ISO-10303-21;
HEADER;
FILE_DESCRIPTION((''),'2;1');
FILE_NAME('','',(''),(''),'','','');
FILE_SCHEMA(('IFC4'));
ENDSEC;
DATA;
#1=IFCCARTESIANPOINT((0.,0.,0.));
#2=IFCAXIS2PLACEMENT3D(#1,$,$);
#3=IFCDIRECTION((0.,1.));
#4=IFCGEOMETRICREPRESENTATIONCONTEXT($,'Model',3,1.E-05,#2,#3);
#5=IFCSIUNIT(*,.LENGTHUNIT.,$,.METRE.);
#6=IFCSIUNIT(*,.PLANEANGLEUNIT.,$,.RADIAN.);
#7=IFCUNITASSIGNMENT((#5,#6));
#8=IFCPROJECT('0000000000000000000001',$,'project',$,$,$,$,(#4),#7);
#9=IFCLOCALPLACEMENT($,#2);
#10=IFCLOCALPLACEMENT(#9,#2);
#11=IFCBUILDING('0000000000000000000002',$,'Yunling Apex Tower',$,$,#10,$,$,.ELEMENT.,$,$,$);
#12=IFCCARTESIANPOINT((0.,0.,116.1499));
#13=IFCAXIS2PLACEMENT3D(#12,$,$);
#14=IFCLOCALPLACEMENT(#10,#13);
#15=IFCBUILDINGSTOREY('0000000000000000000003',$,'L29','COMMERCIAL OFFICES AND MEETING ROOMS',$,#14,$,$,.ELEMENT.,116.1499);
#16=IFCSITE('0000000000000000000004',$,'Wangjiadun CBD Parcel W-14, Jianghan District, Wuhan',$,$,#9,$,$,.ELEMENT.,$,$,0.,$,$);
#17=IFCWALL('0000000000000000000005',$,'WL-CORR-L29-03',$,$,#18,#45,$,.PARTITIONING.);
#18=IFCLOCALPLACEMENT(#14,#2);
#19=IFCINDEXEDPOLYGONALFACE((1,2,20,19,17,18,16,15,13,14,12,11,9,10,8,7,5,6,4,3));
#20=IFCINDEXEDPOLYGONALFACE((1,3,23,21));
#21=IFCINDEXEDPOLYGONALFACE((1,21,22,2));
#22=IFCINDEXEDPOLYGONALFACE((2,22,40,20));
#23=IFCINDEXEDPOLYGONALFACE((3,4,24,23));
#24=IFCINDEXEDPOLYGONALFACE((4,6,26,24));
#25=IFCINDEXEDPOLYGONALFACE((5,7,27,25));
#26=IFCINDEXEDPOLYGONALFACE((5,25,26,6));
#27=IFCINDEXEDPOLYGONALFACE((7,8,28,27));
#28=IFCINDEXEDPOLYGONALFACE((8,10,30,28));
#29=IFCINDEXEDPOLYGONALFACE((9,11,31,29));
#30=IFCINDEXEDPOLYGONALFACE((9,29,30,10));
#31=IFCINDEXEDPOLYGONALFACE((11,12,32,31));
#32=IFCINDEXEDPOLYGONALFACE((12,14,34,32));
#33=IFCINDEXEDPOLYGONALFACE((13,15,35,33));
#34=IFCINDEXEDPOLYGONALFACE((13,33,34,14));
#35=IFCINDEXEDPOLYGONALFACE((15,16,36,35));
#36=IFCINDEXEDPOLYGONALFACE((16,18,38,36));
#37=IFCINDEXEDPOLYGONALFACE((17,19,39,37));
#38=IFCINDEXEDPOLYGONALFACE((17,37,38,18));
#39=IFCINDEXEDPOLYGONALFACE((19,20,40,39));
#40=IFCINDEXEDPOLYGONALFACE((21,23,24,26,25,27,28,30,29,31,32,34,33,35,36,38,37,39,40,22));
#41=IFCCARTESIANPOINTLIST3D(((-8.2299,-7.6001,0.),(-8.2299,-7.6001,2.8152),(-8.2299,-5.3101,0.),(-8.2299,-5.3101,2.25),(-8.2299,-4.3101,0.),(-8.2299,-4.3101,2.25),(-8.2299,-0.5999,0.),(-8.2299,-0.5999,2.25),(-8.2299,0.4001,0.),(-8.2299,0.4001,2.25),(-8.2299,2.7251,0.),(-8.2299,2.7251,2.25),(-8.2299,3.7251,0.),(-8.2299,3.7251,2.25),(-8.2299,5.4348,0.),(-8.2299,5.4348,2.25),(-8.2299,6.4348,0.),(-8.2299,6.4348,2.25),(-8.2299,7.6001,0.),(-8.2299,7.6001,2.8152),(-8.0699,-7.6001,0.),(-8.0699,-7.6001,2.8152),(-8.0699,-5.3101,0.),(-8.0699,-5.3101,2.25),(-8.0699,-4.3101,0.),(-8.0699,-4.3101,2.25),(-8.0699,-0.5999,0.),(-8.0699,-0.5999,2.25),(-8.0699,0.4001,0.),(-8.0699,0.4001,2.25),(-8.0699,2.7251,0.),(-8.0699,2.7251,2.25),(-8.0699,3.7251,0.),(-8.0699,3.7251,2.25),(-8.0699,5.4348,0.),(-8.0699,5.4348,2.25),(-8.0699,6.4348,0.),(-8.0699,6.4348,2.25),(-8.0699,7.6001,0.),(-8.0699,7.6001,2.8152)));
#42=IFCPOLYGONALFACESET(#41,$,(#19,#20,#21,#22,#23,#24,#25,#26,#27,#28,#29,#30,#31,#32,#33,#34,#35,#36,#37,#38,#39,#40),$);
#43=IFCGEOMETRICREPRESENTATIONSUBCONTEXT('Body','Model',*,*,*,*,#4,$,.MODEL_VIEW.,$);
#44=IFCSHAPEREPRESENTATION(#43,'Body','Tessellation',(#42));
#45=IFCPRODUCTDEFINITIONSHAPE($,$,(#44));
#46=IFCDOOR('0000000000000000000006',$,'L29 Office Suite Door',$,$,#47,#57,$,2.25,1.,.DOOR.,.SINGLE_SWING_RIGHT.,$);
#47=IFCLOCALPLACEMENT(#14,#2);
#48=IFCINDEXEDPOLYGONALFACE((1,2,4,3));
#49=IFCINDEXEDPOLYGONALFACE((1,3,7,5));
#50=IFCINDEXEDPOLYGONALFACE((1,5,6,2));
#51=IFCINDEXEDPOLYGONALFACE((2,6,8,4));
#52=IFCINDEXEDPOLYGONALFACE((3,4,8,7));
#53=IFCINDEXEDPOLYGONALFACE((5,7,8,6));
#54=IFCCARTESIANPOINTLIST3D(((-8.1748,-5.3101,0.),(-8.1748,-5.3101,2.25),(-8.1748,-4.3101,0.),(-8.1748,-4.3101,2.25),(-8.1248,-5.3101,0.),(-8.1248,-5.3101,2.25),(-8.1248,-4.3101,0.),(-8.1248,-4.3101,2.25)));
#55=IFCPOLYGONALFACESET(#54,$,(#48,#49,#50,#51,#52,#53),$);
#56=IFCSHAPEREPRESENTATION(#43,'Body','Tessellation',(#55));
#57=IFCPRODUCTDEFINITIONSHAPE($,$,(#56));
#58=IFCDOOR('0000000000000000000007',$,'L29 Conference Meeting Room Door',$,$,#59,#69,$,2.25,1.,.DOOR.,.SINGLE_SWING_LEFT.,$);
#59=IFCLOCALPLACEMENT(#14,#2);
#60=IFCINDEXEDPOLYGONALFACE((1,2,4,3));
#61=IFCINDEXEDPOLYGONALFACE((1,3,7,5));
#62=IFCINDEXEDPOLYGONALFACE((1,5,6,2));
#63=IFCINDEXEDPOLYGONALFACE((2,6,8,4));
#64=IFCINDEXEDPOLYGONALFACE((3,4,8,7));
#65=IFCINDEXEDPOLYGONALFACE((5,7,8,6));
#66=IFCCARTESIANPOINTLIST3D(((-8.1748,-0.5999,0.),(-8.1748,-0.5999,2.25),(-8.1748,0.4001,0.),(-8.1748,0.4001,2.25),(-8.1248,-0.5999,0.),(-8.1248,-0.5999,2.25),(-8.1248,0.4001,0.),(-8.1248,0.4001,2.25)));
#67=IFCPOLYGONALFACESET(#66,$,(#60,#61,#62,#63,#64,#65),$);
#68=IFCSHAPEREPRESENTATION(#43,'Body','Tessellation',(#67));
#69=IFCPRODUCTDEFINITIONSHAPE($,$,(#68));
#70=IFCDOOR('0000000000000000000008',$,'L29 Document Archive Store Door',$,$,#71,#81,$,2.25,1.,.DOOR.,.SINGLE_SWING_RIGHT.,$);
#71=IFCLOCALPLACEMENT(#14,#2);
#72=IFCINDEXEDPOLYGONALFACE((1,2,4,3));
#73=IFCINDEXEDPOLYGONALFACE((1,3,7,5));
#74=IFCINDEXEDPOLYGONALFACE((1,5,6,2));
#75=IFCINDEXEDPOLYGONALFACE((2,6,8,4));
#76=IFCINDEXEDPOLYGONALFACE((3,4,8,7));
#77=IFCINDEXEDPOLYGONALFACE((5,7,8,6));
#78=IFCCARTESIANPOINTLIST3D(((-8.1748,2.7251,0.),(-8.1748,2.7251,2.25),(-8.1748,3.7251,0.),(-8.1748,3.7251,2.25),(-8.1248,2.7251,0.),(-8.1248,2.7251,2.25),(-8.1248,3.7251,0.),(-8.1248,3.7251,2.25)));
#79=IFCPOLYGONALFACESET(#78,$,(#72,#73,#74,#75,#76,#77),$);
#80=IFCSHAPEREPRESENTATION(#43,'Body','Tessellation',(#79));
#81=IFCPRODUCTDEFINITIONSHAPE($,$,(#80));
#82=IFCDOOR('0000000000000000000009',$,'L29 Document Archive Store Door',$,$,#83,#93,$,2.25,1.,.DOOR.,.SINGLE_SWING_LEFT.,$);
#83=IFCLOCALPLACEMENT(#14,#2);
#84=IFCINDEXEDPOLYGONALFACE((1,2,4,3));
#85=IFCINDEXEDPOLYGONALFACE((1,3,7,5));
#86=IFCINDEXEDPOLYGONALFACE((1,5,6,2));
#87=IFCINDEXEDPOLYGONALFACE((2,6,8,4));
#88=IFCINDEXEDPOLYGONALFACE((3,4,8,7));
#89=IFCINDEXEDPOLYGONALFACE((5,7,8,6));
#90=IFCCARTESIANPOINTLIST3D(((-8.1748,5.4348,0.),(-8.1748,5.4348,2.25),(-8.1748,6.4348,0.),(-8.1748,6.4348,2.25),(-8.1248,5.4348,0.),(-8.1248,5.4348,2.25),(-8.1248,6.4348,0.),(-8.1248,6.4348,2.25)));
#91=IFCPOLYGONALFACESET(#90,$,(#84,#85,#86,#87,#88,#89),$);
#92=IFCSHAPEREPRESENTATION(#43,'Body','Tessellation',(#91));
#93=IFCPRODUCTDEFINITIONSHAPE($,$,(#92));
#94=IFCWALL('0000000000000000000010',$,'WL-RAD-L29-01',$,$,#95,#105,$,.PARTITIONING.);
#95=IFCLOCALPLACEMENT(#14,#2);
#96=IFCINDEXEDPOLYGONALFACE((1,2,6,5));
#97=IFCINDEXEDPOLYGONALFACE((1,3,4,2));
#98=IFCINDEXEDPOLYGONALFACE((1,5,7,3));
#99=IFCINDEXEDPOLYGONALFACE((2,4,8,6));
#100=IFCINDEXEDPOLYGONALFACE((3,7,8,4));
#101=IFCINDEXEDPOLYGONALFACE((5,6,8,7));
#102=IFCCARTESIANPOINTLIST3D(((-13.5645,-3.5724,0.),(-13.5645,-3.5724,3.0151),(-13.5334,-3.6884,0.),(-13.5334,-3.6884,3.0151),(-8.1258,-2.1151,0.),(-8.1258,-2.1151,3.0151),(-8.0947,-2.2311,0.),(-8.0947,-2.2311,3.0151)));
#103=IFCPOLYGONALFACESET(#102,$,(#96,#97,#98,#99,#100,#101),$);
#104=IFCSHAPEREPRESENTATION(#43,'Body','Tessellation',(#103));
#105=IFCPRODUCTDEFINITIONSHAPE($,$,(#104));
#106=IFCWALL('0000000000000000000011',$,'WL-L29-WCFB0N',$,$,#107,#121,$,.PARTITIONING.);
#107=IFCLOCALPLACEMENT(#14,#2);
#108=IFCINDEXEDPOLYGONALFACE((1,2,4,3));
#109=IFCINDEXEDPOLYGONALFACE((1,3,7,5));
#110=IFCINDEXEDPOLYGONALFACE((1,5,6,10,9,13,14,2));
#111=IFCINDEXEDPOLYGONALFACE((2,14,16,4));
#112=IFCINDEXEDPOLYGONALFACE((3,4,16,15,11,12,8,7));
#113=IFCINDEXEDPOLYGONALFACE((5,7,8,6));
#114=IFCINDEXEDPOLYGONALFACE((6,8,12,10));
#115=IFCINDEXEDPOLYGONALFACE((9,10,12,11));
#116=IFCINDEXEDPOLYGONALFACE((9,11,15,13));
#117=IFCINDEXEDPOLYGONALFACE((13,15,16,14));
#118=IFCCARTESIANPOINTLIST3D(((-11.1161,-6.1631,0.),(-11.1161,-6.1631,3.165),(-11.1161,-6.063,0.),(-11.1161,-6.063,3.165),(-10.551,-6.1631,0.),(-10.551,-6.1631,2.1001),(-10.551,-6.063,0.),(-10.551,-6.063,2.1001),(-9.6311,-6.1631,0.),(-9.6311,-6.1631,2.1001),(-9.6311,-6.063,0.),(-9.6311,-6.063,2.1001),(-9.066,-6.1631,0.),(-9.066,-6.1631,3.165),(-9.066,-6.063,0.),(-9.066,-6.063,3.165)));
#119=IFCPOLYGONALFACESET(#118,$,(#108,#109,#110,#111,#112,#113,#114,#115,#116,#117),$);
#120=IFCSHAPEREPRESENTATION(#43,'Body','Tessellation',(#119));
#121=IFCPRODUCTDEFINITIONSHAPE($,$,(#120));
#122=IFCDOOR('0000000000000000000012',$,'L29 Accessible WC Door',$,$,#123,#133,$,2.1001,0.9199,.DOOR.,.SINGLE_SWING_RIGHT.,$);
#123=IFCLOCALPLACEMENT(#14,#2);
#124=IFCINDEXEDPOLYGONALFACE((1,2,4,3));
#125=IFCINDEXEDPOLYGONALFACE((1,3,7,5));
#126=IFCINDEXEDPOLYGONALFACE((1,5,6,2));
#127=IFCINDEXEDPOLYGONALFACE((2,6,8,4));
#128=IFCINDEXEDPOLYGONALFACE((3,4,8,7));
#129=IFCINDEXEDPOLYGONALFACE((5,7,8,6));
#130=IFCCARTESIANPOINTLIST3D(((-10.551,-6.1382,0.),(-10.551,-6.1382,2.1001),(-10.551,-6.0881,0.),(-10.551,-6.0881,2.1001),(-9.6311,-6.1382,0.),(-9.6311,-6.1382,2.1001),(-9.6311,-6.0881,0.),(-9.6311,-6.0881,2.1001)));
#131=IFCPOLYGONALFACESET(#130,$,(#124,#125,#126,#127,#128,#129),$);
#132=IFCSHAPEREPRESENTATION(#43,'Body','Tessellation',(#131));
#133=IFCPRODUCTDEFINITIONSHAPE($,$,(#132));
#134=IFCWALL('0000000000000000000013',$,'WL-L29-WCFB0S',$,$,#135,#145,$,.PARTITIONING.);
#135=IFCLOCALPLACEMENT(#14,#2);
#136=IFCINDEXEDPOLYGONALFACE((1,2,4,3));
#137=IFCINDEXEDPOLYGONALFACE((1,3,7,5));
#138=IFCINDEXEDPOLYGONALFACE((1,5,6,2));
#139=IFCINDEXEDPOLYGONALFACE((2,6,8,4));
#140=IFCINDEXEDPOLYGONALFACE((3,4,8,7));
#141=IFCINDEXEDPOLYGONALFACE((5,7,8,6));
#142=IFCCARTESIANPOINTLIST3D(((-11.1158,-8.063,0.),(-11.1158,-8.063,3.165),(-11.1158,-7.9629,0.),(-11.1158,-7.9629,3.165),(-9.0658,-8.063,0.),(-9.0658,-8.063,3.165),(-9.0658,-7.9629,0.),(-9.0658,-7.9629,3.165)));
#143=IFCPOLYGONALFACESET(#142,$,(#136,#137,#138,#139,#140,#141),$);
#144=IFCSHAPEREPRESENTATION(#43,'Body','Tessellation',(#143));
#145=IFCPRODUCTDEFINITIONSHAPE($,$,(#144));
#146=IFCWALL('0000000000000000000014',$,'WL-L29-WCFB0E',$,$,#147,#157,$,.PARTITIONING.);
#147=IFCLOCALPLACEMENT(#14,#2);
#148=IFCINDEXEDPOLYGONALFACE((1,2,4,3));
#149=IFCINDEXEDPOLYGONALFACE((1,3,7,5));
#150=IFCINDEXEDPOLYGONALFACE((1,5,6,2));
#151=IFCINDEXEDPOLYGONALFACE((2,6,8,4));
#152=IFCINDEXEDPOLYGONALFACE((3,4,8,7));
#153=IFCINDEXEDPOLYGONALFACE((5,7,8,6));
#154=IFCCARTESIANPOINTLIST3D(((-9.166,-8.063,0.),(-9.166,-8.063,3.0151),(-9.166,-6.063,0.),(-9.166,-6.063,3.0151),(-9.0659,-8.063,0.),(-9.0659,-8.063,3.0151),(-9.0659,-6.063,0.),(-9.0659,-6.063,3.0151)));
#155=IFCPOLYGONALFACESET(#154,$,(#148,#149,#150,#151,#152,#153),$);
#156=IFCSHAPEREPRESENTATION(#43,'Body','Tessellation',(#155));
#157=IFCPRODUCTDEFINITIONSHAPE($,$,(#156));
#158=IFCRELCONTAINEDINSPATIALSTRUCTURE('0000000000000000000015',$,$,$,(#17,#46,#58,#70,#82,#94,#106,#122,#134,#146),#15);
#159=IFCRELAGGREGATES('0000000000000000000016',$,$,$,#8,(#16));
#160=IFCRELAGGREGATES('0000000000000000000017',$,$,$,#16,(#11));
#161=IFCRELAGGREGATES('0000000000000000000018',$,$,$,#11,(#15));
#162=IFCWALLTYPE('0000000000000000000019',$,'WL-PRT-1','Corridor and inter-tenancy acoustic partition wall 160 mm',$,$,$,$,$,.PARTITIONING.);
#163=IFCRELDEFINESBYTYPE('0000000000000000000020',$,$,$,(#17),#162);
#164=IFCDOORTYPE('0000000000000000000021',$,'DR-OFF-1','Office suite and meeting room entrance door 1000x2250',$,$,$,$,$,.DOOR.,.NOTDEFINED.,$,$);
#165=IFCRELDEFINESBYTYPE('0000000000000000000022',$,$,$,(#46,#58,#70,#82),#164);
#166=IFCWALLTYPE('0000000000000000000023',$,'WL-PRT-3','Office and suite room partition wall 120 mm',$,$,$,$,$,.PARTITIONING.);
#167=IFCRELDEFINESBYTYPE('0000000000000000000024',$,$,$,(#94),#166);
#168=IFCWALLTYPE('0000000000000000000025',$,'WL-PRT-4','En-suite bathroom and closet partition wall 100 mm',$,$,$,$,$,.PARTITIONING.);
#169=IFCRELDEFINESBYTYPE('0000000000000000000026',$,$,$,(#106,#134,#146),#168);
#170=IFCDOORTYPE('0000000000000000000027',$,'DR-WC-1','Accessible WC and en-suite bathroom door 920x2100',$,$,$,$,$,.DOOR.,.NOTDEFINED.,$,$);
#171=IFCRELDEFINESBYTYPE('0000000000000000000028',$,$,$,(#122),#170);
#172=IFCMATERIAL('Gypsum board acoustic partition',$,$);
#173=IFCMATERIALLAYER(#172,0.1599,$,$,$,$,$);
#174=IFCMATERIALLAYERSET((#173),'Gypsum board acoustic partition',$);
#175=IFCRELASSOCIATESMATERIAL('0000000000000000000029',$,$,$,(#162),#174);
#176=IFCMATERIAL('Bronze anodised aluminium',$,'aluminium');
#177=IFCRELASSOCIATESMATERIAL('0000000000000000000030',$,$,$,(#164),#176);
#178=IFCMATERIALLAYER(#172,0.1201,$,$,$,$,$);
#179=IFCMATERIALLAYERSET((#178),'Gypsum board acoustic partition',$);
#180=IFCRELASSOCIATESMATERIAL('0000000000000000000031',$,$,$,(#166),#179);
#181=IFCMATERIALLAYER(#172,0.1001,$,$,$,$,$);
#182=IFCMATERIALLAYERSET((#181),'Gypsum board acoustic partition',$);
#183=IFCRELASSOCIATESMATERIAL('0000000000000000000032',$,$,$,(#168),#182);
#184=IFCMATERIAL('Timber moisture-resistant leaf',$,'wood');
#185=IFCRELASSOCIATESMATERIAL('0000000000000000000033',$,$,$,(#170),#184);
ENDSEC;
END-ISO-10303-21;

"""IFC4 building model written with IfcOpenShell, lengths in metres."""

from ifc_helpers import new_model, si_unit, direction, frame, frame_2d, origin, place, context, subcontext, project, spatial, rectangle, extrude, material, layer, layer_set, type_object, element, fill, save


model = new_model("IFC4")

# Units and contexts
model_context = context("Model", 3, precision=1e-05, world=origin(), true_north=direction((0.0, 1.0)))
body_context = subcontext(model_context, "Body", "Model", "MODEL_VIEW")
ifc_project = project(units=[si_unit("LENGTHUNIT", "METRE"), si_unit("PLANEANGLEUNIT", "RADIAN")], contexts=[model_context])

# Site, building, storey
site_placement = place(None, origin())
site = spatial("IfcSite", under=ifc_project, at=site_placement, Name="Wangjiadun CBD Parcel W-14, Jianghan District, Wuhan", CompositionType="ELEMENT", RefElevation=0.0)
building_placement = place(site_placement, origin())
building = spatial("IfcBuilding", under=site, at=building_placement, Name="Yunling Apex Tower", CompositionType="ELEMENT")
storey_placement = place(building_placement, frame((0.0, 0.0, 116.1499)))
storey = spatial("IfcBuildingStorey", under=building, at=storey_placement, Name="L29", Description="COMMERCIAL OFFICES AND MEETING ROOMS", CompositionType="ELEMENT", Elevation=116.1499)

# Shared definitions
ifc_material_1 = material(Name="Bronze anodised aluminium", Category="aluminium")

# Wall, openings, doors
ifc_material_2 = material(Name="Gypsum board acoustic partition")
ifc_layer_1 = layer(ifc_material_2, 0.1599)
ifc_layer_set_1 = layer_set([ifc_layer_1], Name="Gypsum board acoustic partition")
wall_type_1 = type_object("IfcWallType", Name="WL-PRT-1", Description="Corridor and inter-tenancy acoustic partition wall 160 mm", PredefinedType="PARTITIONING", material=ifc_layer_set_1)
wall_1_placement = place(storey_placement, frame((-8.1499, -7.6001, 0.0), z_axis=(0.0, 0.0, 1.0), x_axis=(0.0, 1.0, 0.0)))
wall_1 = element("IfcWall", 1, at=wall_1_placement, inside=storey, type_object=wall_type_1, Name="WL-CORR-L29-03", PredefinedType="PARTITIONING", context=body_context, shape_type="SweptSolid", body=[
    extrude(rectangle(XDim=15.2002, YDim=0.1599, at=frame_2d((7.6001, 0.0))), origin(), (0.0, 0.0, 1.0), 2.8152),
])
opening_1_placement = place(wall_1_placement, frame((2.29, 0.0, 0.0)))
opening_1 = element("IfcOpeningElement", 2, at=opening_1_placement, cuts=wall_1, PredefinedType="OPENING", context=body_context, shape_type="SweptSolid", body=[
    extrude(rectangle(XDim=1.0, YDim=2.25, at=frame_2d((0.5, 1.125))), frame((0.0, 0.0898, 0.0), z_axis=(0.0, -1.0, 0.0), x_axis=(1.0, 0.0, 0.0)), (0.0, 0.0, 1.0), 0.1799),
])
opening_2_placement = place(wall_1_placement, frame((7.0002, 0.0, 0.0)))
opening_2 = element("IfcOpeningElement", 3, at=opening_2_placement, cuts=wall_1, PredefinedType="OPENING", context=body_context, shape_type="SweptSolid", body=[
    extrude(rectangle(XDim=1.0, YDim=2.25, at=frame_2d((0.5, 1.125))), frame((0.0, 0.0898, 0.0), z_axis=(0.0, -1.0, 0.0), x_axis=(1.0, 0.0, 0.0)), (0.0, 0.0, 1.0), 0.1799),
])
opening_3_placement = place(wall_1_placement, frame((10.3252, 0.0, 0.0)))
opening_3 = element("IfcOpeningElement", 4, at=opening_3_placement, cuts=wall_1, PredefinedType="OPENING", context=body_context, shape_type="SweptSolid", body=[
    extrude(rectangle(XDim=1.0, YDim=2.25, at=frame_2d((0.5, 1.125))), frame((0.0, 0.0898, 0.0), z_axis=(0.0, -1.0, 0.0), x_axis=(1.0, 0.0, 0.0)), (0.0, 0.0, 1.0), 0.1799),
])
opening_4_placement = place(wall_1_placement, frame((13.0349, 0.0, 0.0)))
opening_4 = element("IfcOpeningElement", 5, at=opening_4_placement, cuts=wall_1, PredefinedType="OPENING", context=body_context, shape_type="SweptSolid", body=[
    extrude(rectangle(XDim=1.0, YDim=2.25, at=frame_2d((0.5, 1.125))), frame((0.0, 0.0898, 0.0), z_axis=(0.0, -1.0, 0.0), x_axis=(1.0, 0.0, 0.0)), (0.0, 0.0, 1.0), 0.1799),
])
door_type_1 = type_object("IfcDoorType", Name="DR-OFF-1", Description="Office suite and meeting room entrance door 1000x2250", OperationType="NOTDEFINED", PredefinedType="DOOR", material=ifc_material_1)
door_1_placement = place(opening_1_placement, origin())
door_1 = element("IfcDoor", 6, at=door_1_placement, inside=storey, type_object=door_type_1, Name="L29 Office Suite Door", OperationType="SINGLE_SWING_RIGHT", OverallHeight=2.25, OverallWidth=1.0, PredefinedType="DOOR", context=body_context, shape_type="SweptSolid", body=[
    extrude(rectangle(XDim=1.0, YDim=2.25, at=frame_2d((0.5, 1.125))), frame((0.0, 0.0249, 0.0), z_axis=(0.0, -1.0, 0.0), x_axis=(1.0, 0.0, 0.0)), (0.0, 0.0, 1.0), 0.05),
])
fill(opening_1, door_1)
door_2_placement = place(opening_2_placement, origin())
door_2 = element("IfcDoor", 7, at=door_2_placement, inside=storey, type_object=door_type_1, Name="L29 Conference Meeting Room Door", OperationType="SINGLE_SWING_LEFT", OverallHeight=2.25, OverallWidth=1.0, PredefinedType="DOOR", context=body_context, shape_type="SweptSolid", body=[
    extrude(rectangle(XDim=1.0, YDim=2.25, at=frame_2d((0.5, 1.125))), frame((0.0, 0.0249, 0.0), z_axis=(0.0, -1.0, 0.0), x_axis=(1.0, 0.0, 0.0)), (0.0, 0.0, 1.0), 0.05),
])
fill(opening_2, door_2)
door_3_placement = place(opening_3_placement, origin())
door_3 = element("IfcDoor", 8, at=door_3_placement, inside=storey, type_object=door_type_1, Name="L29 Document Archive Store Door", OperationType="SINGLE_SWING_RIGHT", OverallHeight=2.25, OverallWidth=1.0, PredefinedType="DOOR", context=body_context, shape_type="SweptSolid", body=[
    extrude(rectangle(XDim=1.0, YDim=2.25, at=frame_2d((0.5, 1.125))), frame((0.0, 0.0249, 0.0), z_axis=(0.0, -1.0, 0.0), x_axis=(1.0, 0.0, 0.0)), (0.0, 0.0, 1.0), 0.05),
])
fill(opening_3, door_3)
door_4_placement = place(opening_4_placement, origin())
door_4 = element("IfcDoor", 9, at=door_4_placement, inside=storey, type_object=door_type_1, Name="L29 Document Archive Store Door", OperationType="SINGLE_SWING_LEFT", OverallHeight=2.25, OverallWidth=1.0, PredefinedType="DOOR", context=body_context, shape_type="SweptSolid", body=[
    extrude(rectangle(XDim=1.0, YDim=2.25, at=frame_2d((0.5, 1.125))), frame((0.0, 0.0249, 0.0), z_axis=(0.0, -1.0, 0.0), x_axis=(1.0, 0.0, 0.0)), (0.0, 0.0, 1.0), 0.05),
])
fill(opening_4, door_4)

# Wall
ifc_layer_2 = layer(ifc_material_2, 0.1201)
ifc_layer_set_2 = layer_set([ifc_layer_2], Name="Gypsum board acoustic partition")
wall_type_2 = type_object("IfcWallType", Name="WL-PRT-3", Description="Office and suite room partition wall 120 mm", PredefinedType="PARTITIONING", material=ifc_layer_set_2)
wall_2_placement = place(storey_placement, frame((-8.1101, -2.1731, 0.0), z_axis=(0.0, 0.0, 1.0), x_axis=(-0.965927, -0.258815, 0.0)))
element("IfcWall", 10, at=wall_2_placement, inside=storey, type_object=wall_type_2, Name="WL-RAD-L29-01", PredefinedType="PARTITIONING", context=body_context, shape_type="SweptSolid", body=[
    extrude(rectangle(XDim=5.6306, YDim=0.1201, at=frame_2d((2.8154, 0.0))), origin(), (0.0, 0.0, 1.0), 3.0151),
])

# Wall, opening, door
ifc_layer_3 = layer(ifc_material_2, 0.1001)
ifc_layer_set_3 = layer_set([ifc_layer_3], Name="Gypsum board acoustic partition")
wall_type_3 = type_object("IfcWallType", Name="WL-PRT-4", Description="En-suite bathroom and closet partition wall 100 mm", PredefinedType="PARTITIONING", material=ifc_layer_set_3)
wall_3_placement = place(storey_placement, frame((-11.116, -6.113, 0.0), z_axis=(0.0, 0.0, 1.0), x_axis=(1.0, 0.0, 0.0)))
wall_3 = element("IfcWall", 11, at=wall_3_placement, inside=storey, type_object=wall_type_3, Name="WL-L29-WCFB0N", PredefinedType="PARTITIONING", context=body_context, shape_type="SweptSolid", body=[
    extrude(rectangle(XDim=2.05, YDim=0.1001, at=frame_2d((1.0249, 0.0))), origin(), (0.0, 0.0, 1.0), 3.165),
])
opening_5_placement = place(wall_3_placement, frame((0.5649, 0.0, 0.0)))
opening_5 = element("IfcOpeningElement", 12, at=opening_5_placement, cuts=wall_3, PredefinedType="OPENING", context=body_context, shape_type="SweptSolid", body=[
    extrude(rectangle(XDim=0.9199, YDim=2.1001, at=frame_2d((0.46, 1.05))), frame((0.0, 0.0601, 0.0), z_axis=(0.0, -1.0, 0.0), x_axis=(1.0, 0.0, 0.0)), (0.0, 0.0, 1.0), 0.1201),
])
ifc_material_3 = material(Name="Timber moisture-resistant leaf", Category="wood")
door_type_2 = type_object("IfcDoorType", Name="DR-WC-1", Description="Accessible WC and en-suite bathroom door 920x2100", OperationType="NOTDEFINED", PredefinedType="DOOR", material=ifc_material_3)
door_5_placement = place(opening_5_placement, origin())
door_5 = element("IfcDoor", 13, at=door_5_placement, inside=storey, type_object=door_type_2, Name="L29 Accessible WC Door", OperationType="SINGLE_SWING_RIGHT", OverallHeight=2.1001, OverallWidth=0.9199, PredefinedType="DOOR", context=body_context, shape_type="SweptSolid", body=[
    extrude(rectangle(XDim=0.9199, YDim=2.1001, at=frame_2d((0.46, 1.05))), frame((0.0, 0.0249, 0.0), z_axis=(0.0, -1.0, 0.0), x_axis=(1.0, 0.0, 0.0)), (0.0, 0.0, 1.0), 0.05),
])
fill(opening_5, door_5)

# Walls
wall_4_placement = place(storey_placement, frame((-9.0659, -8.0129, 0.0), z_axis=(0.0, 0.0, 1.0), x_axis=(-1.0, 0.0, 0.0)))
element("IfcWall", 14, at=wall_4_placement, inside=storey, type_object=wall_type_3, Name="WL-L29-WCFB0S", PredefinedType="PARTITIONING", context=body_context, shape_type="SweptSolid", body=[
    extrude(rectangle(XDim=2.05, YDim=0.1001, at=frame_2d((1.0249, 0.0))), origin(), (0.0, 0.0, 1.0), 3.165),
])
wall_5_placement = place(storey_placement, frame((-9.116, -6.063, 0.0), z_axis=(0.0, 0.0, 1.0), x_axis=(0.0, -1.0, 0.0)))
element("IfcWall", 15, at=wall_5_placement, inside=storey, type_object=wall_type_3, Name="WL-L29-WCFB0E", PredefinedType="PARTITIONING", context=body_context, shape_type="SweptSolid", body=[
    extrude(rectangle(XDim=2.0, YDim=0.1001, at=frame_2d((1.0, 0.0))), origin(), (0.0, 0.0, 1.0), 3.0151),
])

save(model, "model.ifc")
